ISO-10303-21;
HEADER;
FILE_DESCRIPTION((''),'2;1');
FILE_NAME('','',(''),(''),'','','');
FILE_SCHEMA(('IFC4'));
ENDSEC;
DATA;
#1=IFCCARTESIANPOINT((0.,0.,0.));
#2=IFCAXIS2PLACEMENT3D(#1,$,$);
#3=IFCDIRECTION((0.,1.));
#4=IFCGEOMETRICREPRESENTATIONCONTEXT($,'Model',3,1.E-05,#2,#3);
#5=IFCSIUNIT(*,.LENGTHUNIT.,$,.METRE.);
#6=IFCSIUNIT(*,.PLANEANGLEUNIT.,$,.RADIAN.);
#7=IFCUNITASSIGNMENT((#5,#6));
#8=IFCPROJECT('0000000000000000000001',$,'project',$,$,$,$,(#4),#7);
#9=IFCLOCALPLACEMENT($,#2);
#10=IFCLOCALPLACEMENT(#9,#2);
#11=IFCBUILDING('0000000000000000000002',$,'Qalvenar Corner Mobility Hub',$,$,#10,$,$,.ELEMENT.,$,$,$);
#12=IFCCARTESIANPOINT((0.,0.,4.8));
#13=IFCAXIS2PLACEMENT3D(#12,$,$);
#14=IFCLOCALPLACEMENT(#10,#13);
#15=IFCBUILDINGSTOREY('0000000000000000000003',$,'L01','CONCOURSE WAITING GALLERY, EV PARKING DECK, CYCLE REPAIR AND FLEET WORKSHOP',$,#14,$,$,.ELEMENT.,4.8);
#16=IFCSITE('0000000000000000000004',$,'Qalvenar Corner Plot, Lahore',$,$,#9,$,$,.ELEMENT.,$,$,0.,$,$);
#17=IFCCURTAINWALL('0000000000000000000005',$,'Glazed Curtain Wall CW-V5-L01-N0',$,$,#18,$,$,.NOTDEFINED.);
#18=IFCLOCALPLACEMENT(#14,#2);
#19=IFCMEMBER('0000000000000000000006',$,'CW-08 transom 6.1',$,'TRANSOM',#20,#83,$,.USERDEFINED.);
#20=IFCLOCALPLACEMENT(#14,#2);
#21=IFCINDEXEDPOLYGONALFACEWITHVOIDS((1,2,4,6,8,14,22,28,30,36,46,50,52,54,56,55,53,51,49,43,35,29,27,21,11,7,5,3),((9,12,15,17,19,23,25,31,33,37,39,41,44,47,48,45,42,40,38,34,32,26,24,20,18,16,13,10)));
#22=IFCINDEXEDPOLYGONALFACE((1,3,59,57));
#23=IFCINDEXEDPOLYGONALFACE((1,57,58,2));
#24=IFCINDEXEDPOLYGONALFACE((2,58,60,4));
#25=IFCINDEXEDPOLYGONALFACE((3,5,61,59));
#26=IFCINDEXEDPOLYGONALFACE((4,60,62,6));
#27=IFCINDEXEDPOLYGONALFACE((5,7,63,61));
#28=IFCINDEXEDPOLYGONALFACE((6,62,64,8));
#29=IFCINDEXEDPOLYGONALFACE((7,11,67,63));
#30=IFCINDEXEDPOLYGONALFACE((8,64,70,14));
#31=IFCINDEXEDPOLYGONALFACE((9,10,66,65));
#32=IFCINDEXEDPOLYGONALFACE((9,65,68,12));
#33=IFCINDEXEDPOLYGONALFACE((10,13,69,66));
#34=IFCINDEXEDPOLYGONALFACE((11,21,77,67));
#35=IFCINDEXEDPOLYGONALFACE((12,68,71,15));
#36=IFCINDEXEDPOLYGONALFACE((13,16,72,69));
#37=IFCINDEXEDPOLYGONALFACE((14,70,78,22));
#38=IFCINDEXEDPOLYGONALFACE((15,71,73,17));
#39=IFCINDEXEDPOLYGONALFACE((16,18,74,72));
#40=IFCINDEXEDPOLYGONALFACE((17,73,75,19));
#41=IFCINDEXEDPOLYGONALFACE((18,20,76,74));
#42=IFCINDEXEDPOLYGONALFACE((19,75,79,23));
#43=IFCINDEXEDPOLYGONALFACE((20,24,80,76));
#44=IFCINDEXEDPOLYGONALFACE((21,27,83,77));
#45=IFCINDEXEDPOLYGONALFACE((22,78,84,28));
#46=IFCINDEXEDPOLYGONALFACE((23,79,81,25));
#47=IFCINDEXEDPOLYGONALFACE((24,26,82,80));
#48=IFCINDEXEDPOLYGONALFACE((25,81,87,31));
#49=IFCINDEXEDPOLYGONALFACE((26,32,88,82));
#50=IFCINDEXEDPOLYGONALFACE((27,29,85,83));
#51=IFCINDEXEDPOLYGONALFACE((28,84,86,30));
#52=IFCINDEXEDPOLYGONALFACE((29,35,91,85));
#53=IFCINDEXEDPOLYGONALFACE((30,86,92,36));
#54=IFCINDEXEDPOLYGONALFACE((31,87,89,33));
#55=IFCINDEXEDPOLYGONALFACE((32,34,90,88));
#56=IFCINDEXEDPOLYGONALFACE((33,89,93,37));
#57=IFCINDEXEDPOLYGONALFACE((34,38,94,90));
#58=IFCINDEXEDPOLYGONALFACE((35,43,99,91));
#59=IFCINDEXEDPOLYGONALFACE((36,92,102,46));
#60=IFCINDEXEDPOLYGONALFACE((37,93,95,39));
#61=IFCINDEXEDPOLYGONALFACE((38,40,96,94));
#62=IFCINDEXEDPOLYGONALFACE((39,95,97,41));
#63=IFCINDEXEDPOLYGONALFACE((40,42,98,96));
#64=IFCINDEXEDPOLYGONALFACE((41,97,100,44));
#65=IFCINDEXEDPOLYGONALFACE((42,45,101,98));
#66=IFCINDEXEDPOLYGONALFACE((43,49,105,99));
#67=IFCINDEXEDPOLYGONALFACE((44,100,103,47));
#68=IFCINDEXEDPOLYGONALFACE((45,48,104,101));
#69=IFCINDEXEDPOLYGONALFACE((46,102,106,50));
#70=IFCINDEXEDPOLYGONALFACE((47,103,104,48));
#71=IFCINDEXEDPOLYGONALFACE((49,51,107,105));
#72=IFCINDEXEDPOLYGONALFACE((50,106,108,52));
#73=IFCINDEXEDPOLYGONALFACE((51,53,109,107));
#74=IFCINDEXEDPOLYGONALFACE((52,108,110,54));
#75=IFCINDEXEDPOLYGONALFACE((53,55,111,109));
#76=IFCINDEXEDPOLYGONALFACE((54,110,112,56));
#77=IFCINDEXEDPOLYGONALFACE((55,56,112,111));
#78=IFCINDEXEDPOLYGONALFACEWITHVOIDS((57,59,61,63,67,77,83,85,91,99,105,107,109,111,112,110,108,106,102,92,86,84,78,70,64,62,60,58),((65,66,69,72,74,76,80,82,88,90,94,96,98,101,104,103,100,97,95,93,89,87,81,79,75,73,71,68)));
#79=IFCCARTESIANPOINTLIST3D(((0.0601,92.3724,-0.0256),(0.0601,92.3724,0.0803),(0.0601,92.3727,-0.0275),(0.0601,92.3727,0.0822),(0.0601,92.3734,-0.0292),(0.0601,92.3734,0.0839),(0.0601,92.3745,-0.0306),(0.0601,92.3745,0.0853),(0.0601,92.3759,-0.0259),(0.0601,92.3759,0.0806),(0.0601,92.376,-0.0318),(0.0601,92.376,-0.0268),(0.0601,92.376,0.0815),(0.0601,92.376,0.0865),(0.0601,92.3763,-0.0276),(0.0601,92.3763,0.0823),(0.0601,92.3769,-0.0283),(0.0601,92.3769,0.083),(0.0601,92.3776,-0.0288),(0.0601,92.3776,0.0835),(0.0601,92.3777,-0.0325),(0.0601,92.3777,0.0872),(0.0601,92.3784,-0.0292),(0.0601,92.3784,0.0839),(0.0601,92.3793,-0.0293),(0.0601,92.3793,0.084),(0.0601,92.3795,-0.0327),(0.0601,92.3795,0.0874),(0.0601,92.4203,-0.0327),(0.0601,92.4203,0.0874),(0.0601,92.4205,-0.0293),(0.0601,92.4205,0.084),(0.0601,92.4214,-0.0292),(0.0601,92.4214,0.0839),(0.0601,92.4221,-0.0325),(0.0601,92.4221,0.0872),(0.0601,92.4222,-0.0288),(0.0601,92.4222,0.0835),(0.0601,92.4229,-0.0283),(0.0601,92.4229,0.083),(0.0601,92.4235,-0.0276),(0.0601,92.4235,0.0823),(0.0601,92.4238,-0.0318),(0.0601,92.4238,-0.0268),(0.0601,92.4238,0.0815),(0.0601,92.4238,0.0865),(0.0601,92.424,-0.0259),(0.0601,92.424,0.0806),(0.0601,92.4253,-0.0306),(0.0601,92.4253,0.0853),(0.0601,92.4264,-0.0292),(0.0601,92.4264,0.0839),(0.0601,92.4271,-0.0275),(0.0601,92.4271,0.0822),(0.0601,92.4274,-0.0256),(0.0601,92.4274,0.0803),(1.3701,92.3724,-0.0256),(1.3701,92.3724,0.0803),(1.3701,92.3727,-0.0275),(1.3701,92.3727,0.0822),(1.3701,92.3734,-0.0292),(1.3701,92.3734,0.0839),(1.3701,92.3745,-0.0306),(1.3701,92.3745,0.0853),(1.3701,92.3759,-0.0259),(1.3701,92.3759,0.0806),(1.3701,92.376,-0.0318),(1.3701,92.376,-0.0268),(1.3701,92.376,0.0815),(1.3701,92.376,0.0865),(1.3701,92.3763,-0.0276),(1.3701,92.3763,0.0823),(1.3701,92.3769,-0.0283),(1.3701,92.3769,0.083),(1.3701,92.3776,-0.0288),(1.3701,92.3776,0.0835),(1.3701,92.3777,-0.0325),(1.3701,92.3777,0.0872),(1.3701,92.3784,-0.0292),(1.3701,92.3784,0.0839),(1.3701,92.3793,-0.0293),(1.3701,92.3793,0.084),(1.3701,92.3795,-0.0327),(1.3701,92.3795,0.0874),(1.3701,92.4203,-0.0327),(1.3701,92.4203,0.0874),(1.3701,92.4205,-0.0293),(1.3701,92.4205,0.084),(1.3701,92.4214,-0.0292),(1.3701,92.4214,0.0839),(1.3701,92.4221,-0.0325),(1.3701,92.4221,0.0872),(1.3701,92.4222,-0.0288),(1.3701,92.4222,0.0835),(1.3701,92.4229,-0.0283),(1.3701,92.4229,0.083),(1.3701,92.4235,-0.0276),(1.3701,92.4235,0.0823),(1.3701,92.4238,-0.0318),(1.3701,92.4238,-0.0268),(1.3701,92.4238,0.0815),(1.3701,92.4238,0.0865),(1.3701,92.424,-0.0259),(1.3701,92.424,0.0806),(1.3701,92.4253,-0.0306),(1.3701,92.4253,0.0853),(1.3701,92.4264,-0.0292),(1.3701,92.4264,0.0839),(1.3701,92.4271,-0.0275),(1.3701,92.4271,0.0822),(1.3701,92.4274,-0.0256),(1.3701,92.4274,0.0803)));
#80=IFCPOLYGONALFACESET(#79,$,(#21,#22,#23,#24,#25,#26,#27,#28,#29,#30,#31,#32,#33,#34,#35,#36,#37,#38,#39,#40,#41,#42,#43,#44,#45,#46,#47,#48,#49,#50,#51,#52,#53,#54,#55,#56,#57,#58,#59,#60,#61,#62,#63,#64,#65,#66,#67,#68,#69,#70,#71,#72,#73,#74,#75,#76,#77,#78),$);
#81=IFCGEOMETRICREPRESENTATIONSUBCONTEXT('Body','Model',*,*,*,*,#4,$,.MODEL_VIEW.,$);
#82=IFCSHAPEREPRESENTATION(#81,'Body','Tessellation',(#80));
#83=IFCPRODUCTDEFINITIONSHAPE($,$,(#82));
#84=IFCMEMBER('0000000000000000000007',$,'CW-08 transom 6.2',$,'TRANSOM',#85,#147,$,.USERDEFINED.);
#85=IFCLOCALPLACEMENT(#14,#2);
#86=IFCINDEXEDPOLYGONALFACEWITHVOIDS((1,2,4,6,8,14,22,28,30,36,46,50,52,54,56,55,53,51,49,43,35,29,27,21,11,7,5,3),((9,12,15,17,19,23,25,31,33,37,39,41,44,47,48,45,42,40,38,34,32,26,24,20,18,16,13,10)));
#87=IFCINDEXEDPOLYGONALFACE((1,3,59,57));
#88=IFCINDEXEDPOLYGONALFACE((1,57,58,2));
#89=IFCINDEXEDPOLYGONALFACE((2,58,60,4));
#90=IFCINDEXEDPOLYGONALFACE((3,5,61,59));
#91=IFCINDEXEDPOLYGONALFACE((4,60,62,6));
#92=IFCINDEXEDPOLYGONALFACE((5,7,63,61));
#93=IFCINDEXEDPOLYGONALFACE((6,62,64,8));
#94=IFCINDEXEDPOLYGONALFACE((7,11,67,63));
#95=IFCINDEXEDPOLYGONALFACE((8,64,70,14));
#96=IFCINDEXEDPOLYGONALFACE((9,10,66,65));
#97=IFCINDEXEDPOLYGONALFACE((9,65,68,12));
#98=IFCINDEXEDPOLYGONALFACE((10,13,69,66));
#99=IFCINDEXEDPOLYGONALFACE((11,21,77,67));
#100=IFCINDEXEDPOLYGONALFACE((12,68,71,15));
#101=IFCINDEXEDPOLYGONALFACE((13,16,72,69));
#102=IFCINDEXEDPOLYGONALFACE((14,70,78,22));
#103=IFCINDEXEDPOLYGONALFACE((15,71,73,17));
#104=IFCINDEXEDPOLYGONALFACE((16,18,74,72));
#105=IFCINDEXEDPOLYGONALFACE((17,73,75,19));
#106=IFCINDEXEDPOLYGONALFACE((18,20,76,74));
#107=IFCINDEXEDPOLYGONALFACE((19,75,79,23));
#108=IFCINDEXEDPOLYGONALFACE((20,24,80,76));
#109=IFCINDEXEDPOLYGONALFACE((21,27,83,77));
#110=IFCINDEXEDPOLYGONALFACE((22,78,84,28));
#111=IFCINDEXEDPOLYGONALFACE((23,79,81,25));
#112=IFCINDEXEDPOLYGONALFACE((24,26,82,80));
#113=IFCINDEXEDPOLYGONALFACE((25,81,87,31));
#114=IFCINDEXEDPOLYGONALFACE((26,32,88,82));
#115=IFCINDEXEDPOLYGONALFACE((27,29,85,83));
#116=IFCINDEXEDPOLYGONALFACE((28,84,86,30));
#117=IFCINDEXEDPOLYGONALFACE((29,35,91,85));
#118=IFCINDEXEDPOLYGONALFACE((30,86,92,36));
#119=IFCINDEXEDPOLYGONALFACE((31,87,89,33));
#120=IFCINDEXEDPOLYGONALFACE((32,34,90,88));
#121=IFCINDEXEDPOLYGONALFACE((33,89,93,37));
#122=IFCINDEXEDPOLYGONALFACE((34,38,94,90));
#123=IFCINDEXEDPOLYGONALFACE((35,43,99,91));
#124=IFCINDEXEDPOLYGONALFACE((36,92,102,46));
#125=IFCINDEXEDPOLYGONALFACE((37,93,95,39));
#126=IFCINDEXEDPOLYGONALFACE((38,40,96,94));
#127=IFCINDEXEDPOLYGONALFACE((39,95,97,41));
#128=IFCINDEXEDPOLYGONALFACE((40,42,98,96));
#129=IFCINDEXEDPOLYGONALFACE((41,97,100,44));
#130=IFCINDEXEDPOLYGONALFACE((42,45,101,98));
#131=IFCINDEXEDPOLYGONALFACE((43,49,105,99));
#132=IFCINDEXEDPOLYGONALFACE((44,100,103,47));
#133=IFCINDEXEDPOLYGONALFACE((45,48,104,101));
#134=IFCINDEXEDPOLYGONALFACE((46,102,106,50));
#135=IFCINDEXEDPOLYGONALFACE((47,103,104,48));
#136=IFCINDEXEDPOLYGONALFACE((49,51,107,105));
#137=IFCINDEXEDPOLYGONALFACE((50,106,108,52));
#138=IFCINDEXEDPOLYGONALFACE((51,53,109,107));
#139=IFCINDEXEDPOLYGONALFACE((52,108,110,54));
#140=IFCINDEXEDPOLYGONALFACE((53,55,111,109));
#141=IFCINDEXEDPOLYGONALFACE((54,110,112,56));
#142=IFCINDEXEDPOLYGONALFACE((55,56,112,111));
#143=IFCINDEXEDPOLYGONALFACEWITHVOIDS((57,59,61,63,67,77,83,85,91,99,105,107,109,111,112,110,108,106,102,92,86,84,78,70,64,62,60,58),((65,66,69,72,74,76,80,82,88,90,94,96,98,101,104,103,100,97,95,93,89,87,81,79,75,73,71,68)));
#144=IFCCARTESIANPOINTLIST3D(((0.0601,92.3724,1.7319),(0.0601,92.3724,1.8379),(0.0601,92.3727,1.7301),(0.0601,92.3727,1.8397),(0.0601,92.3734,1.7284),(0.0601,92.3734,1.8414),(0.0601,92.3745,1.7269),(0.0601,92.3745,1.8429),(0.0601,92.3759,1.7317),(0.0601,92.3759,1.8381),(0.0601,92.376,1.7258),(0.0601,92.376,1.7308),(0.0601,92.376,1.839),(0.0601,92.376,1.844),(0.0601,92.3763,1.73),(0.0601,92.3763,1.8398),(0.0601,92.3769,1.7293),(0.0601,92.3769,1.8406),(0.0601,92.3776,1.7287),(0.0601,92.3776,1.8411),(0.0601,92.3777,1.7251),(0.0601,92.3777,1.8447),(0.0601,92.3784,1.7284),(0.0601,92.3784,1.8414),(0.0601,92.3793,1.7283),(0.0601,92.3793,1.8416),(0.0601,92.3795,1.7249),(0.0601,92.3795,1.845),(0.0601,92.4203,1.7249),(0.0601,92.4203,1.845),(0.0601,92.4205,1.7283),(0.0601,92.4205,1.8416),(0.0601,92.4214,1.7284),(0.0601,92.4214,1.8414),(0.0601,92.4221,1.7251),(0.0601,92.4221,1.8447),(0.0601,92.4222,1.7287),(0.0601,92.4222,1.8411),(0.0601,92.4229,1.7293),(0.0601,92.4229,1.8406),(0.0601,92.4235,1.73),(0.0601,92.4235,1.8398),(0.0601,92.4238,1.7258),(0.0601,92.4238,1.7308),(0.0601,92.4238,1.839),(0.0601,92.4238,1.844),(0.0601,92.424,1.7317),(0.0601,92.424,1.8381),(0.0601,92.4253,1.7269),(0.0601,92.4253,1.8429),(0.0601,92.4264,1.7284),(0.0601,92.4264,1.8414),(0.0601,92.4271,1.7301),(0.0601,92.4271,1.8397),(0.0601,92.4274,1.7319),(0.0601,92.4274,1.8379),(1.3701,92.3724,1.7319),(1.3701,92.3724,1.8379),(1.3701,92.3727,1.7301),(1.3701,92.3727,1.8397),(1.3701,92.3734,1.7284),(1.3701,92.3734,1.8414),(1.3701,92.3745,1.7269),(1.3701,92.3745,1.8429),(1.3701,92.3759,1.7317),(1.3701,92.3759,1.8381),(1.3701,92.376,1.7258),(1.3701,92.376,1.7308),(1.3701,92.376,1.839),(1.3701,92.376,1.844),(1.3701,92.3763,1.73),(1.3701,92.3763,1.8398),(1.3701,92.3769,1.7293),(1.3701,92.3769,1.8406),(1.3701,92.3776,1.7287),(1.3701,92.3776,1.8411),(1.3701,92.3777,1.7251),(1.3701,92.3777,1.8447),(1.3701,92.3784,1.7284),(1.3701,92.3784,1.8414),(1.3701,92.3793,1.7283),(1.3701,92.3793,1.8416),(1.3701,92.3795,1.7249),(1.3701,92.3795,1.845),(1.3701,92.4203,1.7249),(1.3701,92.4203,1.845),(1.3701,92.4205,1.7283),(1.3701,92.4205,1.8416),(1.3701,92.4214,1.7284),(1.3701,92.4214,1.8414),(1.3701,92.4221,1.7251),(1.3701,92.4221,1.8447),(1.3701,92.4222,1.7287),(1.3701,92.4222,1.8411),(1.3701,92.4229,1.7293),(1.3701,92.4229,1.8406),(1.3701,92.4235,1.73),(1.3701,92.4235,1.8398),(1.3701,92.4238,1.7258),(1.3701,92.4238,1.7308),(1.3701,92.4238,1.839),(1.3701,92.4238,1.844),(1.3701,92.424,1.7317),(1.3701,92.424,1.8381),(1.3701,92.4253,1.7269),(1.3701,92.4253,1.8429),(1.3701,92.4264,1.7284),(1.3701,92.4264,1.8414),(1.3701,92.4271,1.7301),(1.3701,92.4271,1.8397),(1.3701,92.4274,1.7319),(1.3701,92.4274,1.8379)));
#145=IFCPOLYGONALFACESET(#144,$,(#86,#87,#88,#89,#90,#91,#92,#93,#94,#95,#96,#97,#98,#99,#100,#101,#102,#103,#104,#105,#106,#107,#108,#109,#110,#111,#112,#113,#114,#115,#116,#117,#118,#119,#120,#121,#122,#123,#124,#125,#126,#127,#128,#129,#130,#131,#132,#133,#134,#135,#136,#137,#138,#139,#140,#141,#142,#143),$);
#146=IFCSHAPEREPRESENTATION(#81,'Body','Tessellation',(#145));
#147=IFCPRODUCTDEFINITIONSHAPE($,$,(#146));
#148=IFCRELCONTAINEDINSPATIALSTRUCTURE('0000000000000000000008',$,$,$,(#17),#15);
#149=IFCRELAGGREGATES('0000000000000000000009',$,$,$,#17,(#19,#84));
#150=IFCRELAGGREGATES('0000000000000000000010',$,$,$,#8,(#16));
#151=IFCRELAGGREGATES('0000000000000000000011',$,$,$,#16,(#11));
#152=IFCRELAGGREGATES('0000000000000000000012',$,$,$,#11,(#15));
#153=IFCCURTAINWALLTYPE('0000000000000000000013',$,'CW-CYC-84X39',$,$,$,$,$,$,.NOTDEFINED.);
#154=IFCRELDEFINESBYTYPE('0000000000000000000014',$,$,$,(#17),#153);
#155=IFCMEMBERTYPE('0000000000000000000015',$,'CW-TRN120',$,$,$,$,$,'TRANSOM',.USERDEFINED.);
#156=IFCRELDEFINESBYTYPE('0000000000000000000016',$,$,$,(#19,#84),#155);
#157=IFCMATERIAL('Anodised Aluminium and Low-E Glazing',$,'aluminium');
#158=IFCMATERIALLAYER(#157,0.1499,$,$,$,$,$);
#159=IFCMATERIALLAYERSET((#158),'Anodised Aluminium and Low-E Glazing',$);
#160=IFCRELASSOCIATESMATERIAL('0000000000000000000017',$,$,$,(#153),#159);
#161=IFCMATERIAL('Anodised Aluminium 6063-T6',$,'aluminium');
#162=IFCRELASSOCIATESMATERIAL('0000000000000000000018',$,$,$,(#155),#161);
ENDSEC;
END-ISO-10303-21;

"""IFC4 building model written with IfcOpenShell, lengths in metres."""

from ifc_helpers import new_model, si_unit, direction, frame, origin, origin_2d, place, context, subcontext, project, spatial, hollow_rectangle, extrude, material, layer, layer_set, material_profile, profile_set, type_object, element, aggregate, save


model = new_model("IFC4")

# Units and contexts
model_context = context("Model", 3, precision=1e-05, world=origin(), true_north=direction((0.0, 1.0)))
body_context = subcontext(model_context, "Body", "Model", "MODEL_VIEW")
ifc_project = project(units=[si_unit("LENGTHUNIT", "METRE"), si_unit("PLANEANGLEUNIT", "RADIAN")], contexts=[model_context])

# Site, building, storey
site_placement = place(None, origin())
site = spatial("IfcSite", under=ifc_project, at=site_placement, Name="Qalvenar Corner Plot, Lahore", CompositionType="ELEMENT", RefElevation=0.0)
building_placement = place(site_placement, origin())
building = spatial("IfcBuilding", under=site, at=building_placement, Name="Qalvenar Corner Mobility Hub", CompositionType="ELEMENT")
storey_placement = place(building_placement, frame((0.0, 0.0, 4.8)))
storey = spatial("IfcBuildingStorey", under=building, at=storey_placement, Name="L01", Description="CONCOURSE WAITING GALLERY, EV PARKING DECK, CYCLE REPAIR AND FLEET WORKSHOP", CompositionType="ELEMENT", Elevation=4.8)

# Curtain wall
ifc_material_1 = material(Name="Anodised Aluminium and Low-E Glazing", Category="aluminium")
ifc_layer_1 = layer(ifc_material_1, 0.1499)
ifc_layer_set_1 = layer_set([ifc_layer_1], Name="Anodised Aluminium and Low-E Glazing")
curtain_wall_type = type_object("IfcCurtainWallType", Name="CW-CYC-84X39", PredefinedType="NOTDEFINED", material=ifc_layer_set_1)
ifc_material_2 = material(Name="Anodised Aluminium 6063-T6", Category="aluminium")
curtain_wall_1_placement = place(storey_placement, origin())
curtain_wall_1 = element("IfcCurtainWall", 1, at=curtain_wall_1_placement, inside=storey, type_object=curtain_wall_type, Name="Glazed Curtain Wall CW-V5-L01-N0", PredefinedType="NOTDEFINED")

# Members
ifc_material_profile_1 = material_profile(ifc_material_2, hollow_rectangle(XDim=0.0549, YDim=0.1201, WallThickness=0.0034, InnerFilletRadius=0.0034, OuterFilletRadius=0.0071, at=origin_2d()), Name="RHS120x55x3.5")
ifc_profile_set_1 = profile_set([ifc_material_profile_1], Name="Anodised Aluminium 6063-T6")
member_type_1 = type_object("IfcMemberType", Name="CW-TRN120", ElementType="TRANSOM", PredefinedType="USERDEFINED", material=ifc_profile_set_1)
member_1_placement = place(storey_placement, frame((1.3701, 92.3999, 0.0273), z_axis=(-1.0, 0.0, 0.0), x_axis=(0.0, -1.0, 0.0)))
member_1 = element("IfcMember", 2, at=member_1_placement, type_object=member_type_1, Name="CW-08 transom 6.1", ObjectType="TRANSOM", PredefinedType="USERDEFINED", context=body_context, shape_type="SweptSolid", body=[
    extrude(hollow_rectangle(XDim=0.0549, YDim=0.1201, WallThickness=0.0034, InnerFilletRadius=0.0034, OuterFilletRadius=0.0071, at=origin_2d()), origin(), (0.0, 0.0, 1.0), 1.3101),
])
member_2_placement = place(storey_placement, frame((1.3701, 92.3999, 1.7849), z_axis=(-1.0, 0.0, 0.0), x_axis=(0.0, -1.0, 0.0)))
member_2 = element("IfcMember", 3, at=member_2_placement, type_object=member_type_1, Name="CW-08 transom 6.2", ObjectType="TRANSOM", PredefinedType="USERDEFINED", context=body_context, shape_type="SweptSolid", body=[
    extrude(hollow_rectangle(XDim=0.0549, YDim=0.1201, WallThickness=0.0034, InnerFilletRadius=0.0034, OuterFilletRadius=0.0071, at=origin_2d()), origin(), (0.0, 0.0, 1.0), 1.3101),
])

aggregate(curtain_wall_1, [member_1, member_2])

save(model, "model.ifc")
